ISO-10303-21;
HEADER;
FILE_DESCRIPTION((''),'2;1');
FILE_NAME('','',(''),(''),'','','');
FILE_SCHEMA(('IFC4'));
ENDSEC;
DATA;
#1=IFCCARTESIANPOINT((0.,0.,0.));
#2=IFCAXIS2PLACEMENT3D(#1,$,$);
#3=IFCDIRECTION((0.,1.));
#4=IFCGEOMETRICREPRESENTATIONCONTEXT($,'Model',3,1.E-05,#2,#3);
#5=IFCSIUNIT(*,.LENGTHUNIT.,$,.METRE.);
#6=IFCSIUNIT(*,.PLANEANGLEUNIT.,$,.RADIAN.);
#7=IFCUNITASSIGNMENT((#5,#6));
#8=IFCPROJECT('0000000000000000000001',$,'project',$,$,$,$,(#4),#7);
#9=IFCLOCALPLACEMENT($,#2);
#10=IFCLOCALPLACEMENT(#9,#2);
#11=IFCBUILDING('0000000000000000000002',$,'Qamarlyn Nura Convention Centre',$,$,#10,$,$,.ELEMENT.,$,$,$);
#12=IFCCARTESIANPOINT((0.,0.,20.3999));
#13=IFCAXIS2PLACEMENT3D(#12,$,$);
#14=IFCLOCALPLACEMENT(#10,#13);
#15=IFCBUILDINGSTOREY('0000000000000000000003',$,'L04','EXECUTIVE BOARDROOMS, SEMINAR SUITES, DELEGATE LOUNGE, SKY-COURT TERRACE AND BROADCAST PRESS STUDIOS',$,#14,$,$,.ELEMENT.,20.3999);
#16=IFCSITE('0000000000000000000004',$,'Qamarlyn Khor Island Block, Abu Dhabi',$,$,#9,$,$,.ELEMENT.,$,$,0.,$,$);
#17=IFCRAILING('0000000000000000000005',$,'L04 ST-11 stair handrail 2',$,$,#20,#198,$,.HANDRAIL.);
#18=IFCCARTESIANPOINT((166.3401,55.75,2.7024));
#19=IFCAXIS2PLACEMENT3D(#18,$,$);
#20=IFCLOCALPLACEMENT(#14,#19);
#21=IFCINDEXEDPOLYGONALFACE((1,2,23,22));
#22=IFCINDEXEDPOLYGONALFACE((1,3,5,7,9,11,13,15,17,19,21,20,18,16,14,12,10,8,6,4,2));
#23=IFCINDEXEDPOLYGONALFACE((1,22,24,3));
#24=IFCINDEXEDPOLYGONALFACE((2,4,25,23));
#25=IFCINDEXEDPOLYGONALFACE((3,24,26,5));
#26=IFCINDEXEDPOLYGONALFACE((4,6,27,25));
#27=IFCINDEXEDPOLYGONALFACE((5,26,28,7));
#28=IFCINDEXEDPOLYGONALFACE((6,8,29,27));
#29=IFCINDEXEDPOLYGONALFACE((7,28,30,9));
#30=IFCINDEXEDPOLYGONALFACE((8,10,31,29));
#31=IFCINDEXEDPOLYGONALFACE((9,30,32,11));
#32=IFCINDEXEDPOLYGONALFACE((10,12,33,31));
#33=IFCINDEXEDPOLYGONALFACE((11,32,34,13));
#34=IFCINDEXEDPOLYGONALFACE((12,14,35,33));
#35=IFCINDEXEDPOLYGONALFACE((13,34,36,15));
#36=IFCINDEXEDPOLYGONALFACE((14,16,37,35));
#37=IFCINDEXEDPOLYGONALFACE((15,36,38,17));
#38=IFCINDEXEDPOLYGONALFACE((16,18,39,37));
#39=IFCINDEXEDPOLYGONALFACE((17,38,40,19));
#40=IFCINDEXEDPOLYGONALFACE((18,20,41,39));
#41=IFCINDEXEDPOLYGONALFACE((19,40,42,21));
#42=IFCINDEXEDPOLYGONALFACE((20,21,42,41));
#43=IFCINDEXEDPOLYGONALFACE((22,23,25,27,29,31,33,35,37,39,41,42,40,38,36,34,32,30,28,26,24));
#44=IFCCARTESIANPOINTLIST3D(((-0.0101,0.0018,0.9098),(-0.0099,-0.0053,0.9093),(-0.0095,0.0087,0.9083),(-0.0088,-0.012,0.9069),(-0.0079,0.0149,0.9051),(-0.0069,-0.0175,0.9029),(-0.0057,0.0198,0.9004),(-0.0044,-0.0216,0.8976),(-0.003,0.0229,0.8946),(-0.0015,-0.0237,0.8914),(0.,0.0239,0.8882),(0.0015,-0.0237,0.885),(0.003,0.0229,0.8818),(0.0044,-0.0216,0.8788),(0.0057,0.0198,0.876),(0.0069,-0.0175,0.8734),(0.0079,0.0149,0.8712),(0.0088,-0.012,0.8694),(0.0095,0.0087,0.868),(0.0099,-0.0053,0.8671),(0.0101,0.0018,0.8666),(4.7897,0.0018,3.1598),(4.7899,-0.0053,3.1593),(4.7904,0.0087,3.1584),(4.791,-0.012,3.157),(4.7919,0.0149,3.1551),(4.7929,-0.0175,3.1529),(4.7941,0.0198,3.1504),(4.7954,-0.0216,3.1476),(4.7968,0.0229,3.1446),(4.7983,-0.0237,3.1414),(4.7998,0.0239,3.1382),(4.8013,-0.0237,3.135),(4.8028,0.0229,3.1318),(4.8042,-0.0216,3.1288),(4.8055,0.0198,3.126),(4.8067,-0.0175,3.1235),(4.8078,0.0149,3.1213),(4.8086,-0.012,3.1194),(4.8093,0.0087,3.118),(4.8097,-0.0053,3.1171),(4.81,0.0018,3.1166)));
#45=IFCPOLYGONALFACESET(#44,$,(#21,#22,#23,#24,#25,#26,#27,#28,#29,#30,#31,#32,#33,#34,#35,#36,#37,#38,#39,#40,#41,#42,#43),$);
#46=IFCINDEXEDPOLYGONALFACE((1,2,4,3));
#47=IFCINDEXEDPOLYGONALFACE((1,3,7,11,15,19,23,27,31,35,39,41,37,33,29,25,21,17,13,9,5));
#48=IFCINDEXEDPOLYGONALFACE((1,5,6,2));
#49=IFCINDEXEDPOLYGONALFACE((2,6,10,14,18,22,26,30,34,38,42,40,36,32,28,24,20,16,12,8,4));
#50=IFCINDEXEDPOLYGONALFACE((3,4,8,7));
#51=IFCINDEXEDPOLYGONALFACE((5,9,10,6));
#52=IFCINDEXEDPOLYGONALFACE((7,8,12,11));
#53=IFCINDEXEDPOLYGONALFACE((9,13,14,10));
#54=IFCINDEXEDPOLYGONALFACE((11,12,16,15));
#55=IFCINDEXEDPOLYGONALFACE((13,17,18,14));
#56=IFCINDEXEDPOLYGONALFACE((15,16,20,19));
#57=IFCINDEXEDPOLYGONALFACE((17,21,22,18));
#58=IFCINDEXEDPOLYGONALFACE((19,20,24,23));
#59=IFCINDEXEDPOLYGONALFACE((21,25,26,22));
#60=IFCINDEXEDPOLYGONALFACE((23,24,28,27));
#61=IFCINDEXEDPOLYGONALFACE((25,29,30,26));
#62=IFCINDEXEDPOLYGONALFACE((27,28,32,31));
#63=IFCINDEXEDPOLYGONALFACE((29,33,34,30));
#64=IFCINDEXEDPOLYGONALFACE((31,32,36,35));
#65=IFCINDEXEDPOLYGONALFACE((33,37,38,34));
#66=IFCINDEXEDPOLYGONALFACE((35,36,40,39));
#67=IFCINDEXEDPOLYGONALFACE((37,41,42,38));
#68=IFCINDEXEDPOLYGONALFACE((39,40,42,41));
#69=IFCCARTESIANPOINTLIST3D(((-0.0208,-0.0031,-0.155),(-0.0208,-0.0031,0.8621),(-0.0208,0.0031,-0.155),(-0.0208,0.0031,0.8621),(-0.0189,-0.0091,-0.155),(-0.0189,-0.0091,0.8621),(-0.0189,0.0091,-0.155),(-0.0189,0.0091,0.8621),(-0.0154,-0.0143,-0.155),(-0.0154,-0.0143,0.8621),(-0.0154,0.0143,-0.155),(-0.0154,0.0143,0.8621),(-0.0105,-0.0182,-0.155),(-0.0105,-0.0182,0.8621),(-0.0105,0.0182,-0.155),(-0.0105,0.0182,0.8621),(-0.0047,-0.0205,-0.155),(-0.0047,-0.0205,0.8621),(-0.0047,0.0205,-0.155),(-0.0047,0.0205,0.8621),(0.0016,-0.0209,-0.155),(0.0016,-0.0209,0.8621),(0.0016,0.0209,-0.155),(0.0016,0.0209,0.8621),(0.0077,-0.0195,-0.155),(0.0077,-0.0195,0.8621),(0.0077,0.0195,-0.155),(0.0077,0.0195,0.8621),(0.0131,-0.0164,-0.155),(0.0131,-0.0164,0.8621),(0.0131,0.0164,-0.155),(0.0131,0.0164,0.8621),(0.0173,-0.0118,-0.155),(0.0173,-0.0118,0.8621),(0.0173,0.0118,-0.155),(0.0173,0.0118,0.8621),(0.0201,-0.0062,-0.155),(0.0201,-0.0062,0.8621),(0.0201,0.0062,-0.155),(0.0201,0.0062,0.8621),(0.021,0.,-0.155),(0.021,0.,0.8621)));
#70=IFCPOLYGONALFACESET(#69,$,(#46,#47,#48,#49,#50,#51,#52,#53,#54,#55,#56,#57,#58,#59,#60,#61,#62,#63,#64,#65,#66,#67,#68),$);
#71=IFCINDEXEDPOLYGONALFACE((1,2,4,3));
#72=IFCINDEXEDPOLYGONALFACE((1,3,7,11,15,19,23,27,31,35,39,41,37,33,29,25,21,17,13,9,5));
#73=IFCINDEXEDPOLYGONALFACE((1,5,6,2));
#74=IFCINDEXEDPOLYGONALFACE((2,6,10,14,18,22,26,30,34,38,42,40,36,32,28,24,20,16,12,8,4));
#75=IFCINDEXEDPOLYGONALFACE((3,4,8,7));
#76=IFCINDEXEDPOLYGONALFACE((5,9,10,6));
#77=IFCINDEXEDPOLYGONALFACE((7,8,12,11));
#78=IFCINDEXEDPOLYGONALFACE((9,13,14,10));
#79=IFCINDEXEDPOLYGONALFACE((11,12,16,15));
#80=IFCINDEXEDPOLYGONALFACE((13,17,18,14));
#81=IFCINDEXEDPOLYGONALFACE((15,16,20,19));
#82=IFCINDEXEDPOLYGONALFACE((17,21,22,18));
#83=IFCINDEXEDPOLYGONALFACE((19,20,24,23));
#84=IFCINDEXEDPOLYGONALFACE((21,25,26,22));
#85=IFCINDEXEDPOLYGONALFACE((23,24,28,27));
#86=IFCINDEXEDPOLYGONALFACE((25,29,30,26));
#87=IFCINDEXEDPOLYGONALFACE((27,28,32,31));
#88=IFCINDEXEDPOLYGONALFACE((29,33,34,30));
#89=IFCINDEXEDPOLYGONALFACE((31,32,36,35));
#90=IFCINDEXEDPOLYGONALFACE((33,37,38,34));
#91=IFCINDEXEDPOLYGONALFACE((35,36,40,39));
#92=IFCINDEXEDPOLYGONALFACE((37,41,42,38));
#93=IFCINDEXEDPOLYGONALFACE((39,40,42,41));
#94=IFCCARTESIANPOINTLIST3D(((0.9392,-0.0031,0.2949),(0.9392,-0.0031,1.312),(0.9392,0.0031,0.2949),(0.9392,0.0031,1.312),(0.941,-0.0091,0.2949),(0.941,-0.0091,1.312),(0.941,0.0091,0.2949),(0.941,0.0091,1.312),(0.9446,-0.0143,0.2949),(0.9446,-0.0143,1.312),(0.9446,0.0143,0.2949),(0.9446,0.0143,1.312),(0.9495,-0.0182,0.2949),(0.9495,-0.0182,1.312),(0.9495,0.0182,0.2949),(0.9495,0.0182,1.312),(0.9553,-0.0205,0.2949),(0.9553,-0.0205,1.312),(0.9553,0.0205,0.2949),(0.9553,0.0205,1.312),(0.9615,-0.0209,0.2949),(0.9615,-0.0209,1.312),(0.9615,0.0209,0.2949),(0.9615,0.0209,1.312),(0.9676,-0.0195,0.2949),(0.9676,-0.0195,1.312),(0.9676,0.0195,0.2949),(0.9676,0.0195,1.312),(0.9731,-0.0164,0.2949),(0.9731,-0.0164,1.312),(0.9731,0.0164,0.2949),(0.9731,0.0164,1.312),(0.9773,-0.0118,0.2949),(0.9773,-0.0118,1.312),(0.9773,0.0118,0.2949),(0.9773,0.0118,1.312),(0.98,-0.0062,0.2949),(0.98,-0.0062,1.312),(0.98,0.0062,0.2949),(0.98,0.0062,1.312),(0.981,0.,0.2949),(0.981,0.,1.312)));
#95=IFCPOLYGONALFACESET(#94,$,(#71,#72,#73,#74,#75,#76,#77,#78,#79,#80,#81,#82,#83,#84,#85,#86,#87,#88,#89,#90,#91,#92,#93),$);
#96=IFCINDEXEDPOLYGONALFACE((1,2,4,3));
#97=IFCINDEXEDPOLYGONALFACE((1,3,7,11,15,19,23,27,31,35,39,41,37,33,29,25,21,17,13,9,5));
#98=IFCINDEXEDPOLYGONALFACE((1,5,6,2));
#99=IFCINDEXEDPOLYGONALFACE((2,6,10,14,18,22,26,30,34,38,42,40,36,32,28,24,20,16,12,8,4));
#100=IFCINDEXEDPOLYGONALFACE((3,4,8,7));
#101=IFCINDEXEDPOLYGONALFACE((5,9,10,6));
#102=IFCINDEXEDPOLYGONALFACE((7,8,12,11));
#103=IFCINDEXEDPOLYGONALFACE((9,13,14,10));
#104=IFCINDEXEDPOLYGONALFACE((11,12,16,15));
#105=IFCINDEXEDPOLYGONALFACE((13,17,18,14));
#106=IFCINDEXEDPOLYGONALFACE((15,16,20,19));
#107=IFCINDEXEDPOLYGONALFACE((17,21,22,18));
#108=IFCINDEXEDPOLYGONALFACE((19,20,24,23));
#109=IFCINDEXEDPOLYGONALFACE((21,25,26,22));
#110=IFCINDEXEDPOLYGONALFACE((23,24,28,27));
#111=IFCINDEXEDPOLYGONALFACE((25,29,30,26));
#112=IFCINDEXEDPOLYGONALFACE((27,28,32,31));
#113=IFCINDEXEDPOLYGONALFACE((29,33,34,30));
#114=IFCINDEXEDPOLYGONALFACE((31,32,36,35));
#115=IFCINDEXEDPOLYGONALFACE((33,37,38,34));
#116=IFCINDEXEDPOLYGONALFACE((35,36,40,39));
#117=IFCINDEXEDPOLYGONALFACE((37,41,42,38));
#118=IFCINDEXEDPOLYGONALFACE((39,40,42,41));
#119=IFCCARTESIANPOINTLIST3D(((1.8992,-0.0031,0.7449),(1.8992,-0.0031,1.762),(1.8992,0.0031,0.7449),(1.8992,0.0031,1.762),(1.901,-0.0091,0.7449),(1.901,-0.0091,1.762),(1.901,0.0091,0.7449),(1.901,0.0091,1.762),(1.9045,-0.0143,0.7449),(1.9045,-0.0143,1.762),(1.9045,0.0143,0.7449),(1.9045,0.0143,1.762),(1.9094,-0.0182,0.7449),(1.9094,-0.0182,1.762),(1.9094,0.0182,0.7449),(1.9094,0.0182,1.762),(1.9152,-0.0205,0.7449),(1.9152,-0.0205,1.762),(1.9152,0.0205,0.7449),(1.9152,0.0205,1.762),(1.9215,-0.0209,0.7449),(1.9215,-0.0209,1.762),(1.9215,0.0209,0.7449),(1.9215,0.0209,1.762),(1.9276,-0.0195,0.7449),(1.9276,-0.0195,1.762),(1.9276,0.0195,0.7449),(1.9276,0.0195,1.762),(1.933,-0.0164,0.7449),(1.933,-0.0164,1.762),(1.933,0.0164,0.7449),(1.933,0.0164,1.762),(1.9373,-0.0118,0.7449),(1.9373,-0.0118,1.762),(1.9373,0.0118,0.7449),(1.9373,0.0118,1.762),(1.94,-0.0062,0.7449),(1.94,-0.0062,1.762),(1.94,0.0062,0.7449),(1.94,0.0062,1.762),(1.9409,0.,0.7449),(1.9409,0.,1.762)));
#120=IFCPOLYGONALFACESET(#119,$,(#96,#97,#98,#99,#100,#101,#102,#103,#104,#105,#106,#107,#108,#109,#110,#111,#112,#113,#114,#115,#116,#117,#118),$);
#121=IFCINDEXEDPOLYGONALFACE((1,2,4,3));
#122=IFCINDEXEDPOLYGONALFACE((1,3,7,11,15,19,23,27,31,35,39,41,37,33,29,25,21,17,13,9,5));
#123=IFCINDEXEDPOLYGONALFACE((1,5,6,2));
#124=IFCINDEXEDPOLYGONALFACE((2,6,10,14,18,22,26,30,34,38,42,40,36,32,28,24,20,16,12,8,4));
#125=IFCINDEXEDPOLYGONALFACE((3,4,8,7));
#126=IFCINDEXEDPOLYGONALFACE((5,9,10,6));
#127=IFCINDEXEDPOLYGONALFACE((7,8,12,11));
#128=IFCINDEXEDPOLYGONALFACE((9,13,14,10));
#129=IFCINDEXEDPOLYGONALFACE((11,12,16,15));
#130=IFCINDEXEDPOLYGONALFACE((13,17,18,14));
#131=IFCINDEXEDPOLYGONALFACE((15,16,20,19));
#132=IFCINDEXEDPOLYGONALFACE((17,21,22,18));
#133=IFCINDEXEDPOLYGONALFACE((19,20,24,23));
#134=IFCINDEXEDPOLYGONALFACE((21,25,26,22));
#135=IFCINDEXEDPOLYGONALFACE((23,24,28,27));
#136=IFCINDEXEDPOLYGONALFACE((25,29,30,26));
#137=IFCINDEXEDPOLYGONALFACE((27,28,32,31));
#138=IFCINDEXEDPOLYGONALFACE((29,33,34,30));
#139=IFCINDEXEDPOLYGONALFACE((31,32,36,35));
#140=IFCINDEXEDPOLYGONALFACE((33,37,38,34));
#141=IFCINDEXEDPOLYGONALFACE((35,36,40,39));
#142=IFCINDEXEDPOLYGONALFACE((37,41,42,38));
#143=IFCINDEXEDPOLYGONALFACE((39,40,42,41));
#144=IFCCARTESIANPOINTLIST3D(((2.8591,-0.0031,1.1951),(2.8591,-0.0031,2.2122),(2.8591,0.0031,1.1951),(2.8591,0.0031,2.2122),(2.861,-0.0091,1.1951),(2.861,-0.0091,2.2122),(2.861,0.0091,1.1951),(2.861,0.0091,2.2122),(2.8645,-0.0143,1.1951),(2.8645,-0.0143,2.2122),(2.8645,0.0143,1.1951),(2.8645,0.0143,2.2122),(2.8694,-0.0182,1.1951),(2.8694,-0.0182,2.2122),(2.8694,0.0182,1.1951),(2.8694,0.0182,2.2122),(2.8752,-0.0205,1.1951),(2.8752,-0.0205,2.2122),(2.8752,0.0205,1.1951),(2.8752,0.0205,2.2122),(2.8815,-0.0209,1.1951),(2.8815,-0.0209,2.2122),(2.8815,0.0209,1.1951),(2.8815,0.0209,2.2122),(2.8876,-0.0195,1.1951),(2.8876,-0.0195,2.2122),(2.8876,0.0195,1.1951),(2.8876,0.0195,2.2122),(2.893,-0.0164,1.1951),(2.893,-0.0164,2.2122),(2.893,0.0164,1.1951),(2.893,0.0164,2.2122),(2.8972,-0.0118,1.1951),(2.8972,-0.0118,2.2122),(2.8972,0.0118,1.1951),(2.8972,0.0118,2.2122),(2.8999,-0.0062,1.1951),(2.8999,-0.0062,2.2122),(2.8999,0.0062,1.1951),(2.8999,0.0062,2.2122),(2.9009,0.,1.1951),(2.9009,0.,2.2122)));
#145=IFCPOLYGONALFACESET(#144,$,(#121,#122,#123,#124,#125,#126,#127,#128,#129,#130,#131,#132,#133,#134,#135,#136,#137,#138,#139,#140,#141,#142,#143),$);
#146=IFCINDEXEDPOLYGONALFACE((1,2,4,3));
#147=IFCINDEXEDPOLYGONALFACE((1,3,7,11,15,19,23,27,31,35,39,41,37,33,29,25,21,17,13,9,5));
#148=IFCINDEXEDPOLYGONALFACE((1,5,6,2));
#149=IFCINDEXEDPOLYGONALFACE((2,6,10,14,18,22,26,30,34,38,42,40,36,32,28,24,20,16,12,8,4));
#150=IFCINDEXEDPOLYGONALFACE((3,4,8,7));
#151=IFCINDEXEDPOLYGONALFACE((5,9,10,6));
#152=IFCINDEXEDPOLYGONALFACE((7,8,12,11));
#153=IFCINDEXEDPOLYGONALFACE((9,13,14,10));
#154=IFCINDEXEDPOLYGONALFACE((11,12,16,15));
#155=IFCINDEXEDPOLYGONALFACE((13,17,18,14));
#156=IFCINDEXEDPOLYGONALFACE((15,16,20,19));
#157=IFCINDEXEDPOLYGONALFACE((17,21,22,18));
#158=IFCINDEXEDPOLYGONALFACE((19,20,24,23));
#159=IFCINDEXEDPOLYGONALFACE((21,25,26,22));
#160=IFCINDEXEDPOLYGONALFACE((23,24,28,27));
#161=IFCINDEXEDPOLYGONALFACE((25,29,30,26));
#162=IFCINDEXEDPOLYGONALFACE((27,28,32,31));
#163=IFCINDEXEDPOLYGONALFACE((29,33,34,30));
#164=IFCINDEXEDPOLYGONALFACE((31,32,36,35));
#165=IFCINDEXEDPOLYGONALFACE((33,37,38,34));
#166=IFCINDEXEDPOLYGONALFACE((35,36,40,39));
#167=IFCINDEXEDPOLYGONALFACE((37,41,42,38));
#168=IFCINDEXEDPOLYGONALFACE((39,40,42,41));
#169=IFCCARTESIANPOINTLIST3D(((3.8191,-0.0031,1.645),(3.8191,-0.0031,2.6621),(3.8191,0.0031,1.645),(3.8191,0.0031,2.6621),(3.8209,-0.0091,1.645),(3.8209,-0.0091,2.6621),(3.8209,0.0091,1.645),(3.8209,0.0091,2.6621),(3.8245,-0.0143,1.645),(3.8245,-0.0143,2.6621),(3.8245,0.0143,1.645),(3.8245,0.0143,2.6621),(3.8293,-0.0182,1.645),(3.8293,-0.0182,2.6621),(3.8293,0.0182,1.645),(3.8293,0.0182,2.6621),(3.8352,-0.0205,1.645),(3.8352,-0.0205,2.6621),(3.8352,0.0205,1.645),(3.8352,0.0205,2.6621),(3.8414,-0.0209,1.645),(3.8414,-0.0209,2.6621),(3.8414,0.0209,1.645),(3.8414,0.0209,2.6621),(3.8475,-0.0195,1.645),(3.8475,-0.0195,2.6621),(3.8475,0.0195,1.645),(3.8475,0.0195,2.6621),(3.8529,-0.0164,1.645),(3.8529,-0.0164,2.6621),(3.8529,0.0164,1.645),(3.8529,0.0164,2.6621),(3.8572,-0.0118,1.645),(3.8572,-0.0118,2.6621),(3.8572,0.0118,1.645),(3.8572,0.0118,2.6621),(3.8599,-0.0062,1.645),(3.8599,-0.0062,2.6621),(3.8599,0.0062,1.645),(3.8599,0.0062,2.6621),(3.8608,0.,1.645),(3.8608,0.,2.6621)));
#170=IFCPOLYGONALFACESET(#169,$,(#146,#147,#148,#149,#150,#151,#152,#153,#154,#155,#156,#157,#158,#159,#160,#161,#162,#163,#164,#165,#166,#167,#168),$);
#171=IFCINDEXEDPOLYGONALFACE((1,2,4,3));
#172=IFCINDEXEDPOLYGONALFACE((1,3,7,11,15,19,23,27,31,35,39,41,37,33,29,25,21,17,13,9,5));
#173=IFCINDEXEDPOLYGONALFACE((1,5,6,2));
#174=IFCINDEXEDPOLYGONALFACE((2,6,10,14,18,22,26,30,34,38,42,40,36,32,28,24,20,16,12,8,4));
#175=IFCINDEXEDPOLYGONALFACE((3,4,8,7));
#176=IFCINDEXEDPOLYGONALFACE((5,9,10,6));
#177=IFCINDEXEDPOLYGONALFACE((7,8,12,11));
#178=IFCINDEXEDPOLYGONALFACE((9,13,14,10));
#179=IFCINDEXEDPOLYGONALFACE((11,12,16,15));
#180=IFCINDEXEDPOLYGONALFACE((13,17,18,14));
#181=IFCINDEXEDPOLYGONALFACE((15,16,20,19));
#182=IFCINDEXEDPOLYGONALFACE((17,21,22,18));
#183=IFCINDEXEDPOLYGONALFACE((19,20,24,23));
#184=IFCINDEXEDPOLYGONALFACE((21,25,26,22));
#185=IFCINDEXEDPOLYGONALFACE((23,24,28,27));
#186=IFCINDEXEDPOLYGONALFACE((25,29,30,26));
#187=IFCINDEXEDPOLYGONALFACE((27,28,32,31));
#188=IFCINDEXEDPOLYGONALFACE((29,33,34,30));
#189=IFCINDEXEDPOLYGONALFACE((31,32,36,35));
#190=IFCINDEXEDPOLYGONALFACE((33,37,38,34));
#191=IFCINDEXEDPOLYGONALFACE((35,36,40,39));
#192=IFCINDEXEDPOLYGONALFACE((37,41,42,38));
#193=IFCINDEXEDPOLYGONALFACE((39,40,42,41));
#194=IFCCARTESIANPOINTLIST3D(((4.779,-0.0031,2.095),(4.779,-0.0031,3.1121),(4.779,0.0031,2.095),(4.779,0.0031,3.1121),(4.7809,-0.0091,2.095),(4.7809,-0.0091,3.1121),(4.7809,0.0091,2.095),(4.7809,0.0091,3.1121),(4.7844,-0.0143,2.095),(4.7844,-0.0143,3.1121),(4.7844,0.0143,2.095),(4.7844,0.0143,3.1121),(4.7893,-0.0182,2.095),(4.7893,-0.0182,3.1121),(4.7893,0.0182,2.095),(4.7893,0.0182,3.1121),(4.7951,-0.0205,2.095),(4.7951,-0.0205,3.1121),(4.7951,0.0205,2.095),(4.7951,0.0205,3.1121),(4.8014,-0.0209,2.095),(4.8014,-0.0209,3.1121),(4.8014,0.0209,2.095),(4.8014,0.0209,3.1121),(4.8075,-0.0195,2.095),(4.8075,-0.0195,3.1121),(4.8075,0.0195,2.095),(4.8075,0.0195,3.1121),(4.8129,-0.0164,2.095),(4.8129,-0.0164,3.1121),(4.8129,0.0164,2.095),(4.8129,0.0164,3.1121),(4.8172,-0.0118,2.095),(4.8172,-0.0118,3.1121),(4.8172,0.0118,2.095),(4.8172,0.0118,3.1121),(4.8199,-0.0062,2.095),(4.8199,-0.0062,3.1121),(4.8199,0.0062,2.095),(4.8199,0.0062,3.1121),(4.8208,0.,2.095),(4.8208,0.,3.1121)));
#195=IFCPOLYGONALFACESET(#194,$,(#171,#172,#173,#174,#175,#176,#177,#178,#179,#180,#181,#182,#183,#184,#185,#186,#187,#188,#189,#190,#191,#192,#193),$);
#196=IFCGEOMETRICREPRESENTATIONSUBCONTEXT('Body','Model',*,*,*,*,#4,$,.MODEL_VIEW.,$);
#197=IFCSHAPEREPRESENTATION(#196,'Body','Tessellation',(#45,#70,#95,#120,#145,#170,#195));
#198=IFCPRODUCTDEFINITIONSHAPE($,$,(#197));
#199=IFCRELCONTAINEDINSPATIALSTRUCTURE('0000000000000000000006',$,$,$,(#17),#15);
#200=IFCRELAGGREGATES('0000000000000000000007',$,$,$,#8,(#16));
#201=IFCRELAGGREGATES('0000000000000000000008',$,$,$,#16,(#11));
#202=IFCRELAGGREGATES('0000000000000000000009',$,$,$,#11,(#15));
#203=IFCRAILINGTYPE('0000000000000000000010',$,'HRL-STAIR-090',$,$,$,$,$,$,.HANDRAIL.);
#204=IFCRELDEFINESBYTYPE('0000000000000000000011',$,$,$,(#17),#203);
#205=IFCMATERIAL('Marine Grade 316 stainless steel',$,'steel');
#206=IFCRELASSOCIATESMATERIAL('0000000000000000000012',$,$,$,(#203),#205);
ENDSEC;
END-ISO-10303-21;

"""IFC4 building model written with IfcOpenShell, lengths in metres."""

from ifc_helpers import new_model, si_unit, direction, frame, origin, origin_2d, place, context, subcontext, project, spatial, circle, extrude, material, type_object, element, save


model = new_model("IFC4")

# Units and contexts
model_context = context("Model", 3, precision=1e-05, world=origin(), true_north=direction((0.0, 1.0)))
body_context = subcontext(model_context, "Body", "Model", "MODEL_VIEW")
ifc_project = project(units=[si_unit("LENGTHUNIT", "METRE"), si_unit("PLANEANGLEUNIT", "RADIAN")], contexts=[model_context])

# Site, building, storey
site_placement = place(None, origin())
site = spatial("IfcSite", under=ifc_project, at=site_placement, Name="Qamarlyn Khor Island Block, Abu Dhabi", CompositionType="ELEMENT", RefElevation=0.0)
building_placement = place(site_placement, origin())
building = spatial("IfcBuilding", under=site, at=building_placement, Name="Qamarlyn Nura Convention Centre", CompositionType="ELEMENT")
storey_placement = place(building_placement, frame((0.0, 0.0, 20.3999)))
storey = spatial("IfcBuildingStorey", under=building, at=storey_placement, Name="L04", Description="EXECUTIVE BOARDROOMS, SEMINAR SUITES, DELEGATE LOUNGE, SKY-COURT TERRACE AND BROADCAST PRESS STUDIOS", CompositionType="ELEMENT", Elevation=20.3999)

# Railing
ifc_material_1 = material(Name="Marine Grade 316 stainless steel", Category="steel")
railing_type_1 = type_object("IfcRailingType", Name="HRL-STAIR-090", PredefinedType="HANDRAIL", material=ifc_material_1)
for number, where, name in (
    (1, (166.3401, 55.75, 2.7024), "L04 ST-11 stair handrail 2"),
):
    element("IfcRailing", number, at=place(storey_placement, frame(where)), inside=storey, type_object=railing_type_1, Name=name, PredefinedType="HANDRAIL", context=body_context, shape_type="SweptSolid", body=[
        extrude(circle(Radius=0.0239, at=origin_2d()), frame((0.0, 0.0, 0.8882), z_axis=(0.905452, 0.0, 0.424448), x_axis=(0.0, 1.0, 0.0)), (0.0, 0.0, 1.0), 5.301),
        extrude(circle(Radius=0.021, at=origin_2d()), frame((0.0, 0.0, -0.155)), (0.0, 0.0, 1.0), 1.0171),
        extrude(circle(Radius=0.021, at=origin_2d()), frame((0.96, 0.0, 0.2949)), (0.0, 0.0, 1.0), 1.0171),
        extrude(circle(Radius=0.021, at=origin_2d()), frame((1.9199, 0.0, 0.7449)), (0.0, 0.0, 1.0), 1.0171),
        extrude(circle(Radius=0.021, at=origin_2d()), frame((2.8799, 0.0, 1.1951)), (0.0, 0.0, 1.0), 1.0171),
        extrude(circle(Radius=0.021, at=origin_2d()), frame((3.8398, 0.0, 1.645)), (0.0, 0.0, 1.0), 1.0171),
        extrude(circle(Radius=0.021, at=origin_2d()), frame((4.7998, 0.0, 2.095)), (0.0, 0.0, 1.0), 1.0171),
    ])

save(model, "model.ifc")
